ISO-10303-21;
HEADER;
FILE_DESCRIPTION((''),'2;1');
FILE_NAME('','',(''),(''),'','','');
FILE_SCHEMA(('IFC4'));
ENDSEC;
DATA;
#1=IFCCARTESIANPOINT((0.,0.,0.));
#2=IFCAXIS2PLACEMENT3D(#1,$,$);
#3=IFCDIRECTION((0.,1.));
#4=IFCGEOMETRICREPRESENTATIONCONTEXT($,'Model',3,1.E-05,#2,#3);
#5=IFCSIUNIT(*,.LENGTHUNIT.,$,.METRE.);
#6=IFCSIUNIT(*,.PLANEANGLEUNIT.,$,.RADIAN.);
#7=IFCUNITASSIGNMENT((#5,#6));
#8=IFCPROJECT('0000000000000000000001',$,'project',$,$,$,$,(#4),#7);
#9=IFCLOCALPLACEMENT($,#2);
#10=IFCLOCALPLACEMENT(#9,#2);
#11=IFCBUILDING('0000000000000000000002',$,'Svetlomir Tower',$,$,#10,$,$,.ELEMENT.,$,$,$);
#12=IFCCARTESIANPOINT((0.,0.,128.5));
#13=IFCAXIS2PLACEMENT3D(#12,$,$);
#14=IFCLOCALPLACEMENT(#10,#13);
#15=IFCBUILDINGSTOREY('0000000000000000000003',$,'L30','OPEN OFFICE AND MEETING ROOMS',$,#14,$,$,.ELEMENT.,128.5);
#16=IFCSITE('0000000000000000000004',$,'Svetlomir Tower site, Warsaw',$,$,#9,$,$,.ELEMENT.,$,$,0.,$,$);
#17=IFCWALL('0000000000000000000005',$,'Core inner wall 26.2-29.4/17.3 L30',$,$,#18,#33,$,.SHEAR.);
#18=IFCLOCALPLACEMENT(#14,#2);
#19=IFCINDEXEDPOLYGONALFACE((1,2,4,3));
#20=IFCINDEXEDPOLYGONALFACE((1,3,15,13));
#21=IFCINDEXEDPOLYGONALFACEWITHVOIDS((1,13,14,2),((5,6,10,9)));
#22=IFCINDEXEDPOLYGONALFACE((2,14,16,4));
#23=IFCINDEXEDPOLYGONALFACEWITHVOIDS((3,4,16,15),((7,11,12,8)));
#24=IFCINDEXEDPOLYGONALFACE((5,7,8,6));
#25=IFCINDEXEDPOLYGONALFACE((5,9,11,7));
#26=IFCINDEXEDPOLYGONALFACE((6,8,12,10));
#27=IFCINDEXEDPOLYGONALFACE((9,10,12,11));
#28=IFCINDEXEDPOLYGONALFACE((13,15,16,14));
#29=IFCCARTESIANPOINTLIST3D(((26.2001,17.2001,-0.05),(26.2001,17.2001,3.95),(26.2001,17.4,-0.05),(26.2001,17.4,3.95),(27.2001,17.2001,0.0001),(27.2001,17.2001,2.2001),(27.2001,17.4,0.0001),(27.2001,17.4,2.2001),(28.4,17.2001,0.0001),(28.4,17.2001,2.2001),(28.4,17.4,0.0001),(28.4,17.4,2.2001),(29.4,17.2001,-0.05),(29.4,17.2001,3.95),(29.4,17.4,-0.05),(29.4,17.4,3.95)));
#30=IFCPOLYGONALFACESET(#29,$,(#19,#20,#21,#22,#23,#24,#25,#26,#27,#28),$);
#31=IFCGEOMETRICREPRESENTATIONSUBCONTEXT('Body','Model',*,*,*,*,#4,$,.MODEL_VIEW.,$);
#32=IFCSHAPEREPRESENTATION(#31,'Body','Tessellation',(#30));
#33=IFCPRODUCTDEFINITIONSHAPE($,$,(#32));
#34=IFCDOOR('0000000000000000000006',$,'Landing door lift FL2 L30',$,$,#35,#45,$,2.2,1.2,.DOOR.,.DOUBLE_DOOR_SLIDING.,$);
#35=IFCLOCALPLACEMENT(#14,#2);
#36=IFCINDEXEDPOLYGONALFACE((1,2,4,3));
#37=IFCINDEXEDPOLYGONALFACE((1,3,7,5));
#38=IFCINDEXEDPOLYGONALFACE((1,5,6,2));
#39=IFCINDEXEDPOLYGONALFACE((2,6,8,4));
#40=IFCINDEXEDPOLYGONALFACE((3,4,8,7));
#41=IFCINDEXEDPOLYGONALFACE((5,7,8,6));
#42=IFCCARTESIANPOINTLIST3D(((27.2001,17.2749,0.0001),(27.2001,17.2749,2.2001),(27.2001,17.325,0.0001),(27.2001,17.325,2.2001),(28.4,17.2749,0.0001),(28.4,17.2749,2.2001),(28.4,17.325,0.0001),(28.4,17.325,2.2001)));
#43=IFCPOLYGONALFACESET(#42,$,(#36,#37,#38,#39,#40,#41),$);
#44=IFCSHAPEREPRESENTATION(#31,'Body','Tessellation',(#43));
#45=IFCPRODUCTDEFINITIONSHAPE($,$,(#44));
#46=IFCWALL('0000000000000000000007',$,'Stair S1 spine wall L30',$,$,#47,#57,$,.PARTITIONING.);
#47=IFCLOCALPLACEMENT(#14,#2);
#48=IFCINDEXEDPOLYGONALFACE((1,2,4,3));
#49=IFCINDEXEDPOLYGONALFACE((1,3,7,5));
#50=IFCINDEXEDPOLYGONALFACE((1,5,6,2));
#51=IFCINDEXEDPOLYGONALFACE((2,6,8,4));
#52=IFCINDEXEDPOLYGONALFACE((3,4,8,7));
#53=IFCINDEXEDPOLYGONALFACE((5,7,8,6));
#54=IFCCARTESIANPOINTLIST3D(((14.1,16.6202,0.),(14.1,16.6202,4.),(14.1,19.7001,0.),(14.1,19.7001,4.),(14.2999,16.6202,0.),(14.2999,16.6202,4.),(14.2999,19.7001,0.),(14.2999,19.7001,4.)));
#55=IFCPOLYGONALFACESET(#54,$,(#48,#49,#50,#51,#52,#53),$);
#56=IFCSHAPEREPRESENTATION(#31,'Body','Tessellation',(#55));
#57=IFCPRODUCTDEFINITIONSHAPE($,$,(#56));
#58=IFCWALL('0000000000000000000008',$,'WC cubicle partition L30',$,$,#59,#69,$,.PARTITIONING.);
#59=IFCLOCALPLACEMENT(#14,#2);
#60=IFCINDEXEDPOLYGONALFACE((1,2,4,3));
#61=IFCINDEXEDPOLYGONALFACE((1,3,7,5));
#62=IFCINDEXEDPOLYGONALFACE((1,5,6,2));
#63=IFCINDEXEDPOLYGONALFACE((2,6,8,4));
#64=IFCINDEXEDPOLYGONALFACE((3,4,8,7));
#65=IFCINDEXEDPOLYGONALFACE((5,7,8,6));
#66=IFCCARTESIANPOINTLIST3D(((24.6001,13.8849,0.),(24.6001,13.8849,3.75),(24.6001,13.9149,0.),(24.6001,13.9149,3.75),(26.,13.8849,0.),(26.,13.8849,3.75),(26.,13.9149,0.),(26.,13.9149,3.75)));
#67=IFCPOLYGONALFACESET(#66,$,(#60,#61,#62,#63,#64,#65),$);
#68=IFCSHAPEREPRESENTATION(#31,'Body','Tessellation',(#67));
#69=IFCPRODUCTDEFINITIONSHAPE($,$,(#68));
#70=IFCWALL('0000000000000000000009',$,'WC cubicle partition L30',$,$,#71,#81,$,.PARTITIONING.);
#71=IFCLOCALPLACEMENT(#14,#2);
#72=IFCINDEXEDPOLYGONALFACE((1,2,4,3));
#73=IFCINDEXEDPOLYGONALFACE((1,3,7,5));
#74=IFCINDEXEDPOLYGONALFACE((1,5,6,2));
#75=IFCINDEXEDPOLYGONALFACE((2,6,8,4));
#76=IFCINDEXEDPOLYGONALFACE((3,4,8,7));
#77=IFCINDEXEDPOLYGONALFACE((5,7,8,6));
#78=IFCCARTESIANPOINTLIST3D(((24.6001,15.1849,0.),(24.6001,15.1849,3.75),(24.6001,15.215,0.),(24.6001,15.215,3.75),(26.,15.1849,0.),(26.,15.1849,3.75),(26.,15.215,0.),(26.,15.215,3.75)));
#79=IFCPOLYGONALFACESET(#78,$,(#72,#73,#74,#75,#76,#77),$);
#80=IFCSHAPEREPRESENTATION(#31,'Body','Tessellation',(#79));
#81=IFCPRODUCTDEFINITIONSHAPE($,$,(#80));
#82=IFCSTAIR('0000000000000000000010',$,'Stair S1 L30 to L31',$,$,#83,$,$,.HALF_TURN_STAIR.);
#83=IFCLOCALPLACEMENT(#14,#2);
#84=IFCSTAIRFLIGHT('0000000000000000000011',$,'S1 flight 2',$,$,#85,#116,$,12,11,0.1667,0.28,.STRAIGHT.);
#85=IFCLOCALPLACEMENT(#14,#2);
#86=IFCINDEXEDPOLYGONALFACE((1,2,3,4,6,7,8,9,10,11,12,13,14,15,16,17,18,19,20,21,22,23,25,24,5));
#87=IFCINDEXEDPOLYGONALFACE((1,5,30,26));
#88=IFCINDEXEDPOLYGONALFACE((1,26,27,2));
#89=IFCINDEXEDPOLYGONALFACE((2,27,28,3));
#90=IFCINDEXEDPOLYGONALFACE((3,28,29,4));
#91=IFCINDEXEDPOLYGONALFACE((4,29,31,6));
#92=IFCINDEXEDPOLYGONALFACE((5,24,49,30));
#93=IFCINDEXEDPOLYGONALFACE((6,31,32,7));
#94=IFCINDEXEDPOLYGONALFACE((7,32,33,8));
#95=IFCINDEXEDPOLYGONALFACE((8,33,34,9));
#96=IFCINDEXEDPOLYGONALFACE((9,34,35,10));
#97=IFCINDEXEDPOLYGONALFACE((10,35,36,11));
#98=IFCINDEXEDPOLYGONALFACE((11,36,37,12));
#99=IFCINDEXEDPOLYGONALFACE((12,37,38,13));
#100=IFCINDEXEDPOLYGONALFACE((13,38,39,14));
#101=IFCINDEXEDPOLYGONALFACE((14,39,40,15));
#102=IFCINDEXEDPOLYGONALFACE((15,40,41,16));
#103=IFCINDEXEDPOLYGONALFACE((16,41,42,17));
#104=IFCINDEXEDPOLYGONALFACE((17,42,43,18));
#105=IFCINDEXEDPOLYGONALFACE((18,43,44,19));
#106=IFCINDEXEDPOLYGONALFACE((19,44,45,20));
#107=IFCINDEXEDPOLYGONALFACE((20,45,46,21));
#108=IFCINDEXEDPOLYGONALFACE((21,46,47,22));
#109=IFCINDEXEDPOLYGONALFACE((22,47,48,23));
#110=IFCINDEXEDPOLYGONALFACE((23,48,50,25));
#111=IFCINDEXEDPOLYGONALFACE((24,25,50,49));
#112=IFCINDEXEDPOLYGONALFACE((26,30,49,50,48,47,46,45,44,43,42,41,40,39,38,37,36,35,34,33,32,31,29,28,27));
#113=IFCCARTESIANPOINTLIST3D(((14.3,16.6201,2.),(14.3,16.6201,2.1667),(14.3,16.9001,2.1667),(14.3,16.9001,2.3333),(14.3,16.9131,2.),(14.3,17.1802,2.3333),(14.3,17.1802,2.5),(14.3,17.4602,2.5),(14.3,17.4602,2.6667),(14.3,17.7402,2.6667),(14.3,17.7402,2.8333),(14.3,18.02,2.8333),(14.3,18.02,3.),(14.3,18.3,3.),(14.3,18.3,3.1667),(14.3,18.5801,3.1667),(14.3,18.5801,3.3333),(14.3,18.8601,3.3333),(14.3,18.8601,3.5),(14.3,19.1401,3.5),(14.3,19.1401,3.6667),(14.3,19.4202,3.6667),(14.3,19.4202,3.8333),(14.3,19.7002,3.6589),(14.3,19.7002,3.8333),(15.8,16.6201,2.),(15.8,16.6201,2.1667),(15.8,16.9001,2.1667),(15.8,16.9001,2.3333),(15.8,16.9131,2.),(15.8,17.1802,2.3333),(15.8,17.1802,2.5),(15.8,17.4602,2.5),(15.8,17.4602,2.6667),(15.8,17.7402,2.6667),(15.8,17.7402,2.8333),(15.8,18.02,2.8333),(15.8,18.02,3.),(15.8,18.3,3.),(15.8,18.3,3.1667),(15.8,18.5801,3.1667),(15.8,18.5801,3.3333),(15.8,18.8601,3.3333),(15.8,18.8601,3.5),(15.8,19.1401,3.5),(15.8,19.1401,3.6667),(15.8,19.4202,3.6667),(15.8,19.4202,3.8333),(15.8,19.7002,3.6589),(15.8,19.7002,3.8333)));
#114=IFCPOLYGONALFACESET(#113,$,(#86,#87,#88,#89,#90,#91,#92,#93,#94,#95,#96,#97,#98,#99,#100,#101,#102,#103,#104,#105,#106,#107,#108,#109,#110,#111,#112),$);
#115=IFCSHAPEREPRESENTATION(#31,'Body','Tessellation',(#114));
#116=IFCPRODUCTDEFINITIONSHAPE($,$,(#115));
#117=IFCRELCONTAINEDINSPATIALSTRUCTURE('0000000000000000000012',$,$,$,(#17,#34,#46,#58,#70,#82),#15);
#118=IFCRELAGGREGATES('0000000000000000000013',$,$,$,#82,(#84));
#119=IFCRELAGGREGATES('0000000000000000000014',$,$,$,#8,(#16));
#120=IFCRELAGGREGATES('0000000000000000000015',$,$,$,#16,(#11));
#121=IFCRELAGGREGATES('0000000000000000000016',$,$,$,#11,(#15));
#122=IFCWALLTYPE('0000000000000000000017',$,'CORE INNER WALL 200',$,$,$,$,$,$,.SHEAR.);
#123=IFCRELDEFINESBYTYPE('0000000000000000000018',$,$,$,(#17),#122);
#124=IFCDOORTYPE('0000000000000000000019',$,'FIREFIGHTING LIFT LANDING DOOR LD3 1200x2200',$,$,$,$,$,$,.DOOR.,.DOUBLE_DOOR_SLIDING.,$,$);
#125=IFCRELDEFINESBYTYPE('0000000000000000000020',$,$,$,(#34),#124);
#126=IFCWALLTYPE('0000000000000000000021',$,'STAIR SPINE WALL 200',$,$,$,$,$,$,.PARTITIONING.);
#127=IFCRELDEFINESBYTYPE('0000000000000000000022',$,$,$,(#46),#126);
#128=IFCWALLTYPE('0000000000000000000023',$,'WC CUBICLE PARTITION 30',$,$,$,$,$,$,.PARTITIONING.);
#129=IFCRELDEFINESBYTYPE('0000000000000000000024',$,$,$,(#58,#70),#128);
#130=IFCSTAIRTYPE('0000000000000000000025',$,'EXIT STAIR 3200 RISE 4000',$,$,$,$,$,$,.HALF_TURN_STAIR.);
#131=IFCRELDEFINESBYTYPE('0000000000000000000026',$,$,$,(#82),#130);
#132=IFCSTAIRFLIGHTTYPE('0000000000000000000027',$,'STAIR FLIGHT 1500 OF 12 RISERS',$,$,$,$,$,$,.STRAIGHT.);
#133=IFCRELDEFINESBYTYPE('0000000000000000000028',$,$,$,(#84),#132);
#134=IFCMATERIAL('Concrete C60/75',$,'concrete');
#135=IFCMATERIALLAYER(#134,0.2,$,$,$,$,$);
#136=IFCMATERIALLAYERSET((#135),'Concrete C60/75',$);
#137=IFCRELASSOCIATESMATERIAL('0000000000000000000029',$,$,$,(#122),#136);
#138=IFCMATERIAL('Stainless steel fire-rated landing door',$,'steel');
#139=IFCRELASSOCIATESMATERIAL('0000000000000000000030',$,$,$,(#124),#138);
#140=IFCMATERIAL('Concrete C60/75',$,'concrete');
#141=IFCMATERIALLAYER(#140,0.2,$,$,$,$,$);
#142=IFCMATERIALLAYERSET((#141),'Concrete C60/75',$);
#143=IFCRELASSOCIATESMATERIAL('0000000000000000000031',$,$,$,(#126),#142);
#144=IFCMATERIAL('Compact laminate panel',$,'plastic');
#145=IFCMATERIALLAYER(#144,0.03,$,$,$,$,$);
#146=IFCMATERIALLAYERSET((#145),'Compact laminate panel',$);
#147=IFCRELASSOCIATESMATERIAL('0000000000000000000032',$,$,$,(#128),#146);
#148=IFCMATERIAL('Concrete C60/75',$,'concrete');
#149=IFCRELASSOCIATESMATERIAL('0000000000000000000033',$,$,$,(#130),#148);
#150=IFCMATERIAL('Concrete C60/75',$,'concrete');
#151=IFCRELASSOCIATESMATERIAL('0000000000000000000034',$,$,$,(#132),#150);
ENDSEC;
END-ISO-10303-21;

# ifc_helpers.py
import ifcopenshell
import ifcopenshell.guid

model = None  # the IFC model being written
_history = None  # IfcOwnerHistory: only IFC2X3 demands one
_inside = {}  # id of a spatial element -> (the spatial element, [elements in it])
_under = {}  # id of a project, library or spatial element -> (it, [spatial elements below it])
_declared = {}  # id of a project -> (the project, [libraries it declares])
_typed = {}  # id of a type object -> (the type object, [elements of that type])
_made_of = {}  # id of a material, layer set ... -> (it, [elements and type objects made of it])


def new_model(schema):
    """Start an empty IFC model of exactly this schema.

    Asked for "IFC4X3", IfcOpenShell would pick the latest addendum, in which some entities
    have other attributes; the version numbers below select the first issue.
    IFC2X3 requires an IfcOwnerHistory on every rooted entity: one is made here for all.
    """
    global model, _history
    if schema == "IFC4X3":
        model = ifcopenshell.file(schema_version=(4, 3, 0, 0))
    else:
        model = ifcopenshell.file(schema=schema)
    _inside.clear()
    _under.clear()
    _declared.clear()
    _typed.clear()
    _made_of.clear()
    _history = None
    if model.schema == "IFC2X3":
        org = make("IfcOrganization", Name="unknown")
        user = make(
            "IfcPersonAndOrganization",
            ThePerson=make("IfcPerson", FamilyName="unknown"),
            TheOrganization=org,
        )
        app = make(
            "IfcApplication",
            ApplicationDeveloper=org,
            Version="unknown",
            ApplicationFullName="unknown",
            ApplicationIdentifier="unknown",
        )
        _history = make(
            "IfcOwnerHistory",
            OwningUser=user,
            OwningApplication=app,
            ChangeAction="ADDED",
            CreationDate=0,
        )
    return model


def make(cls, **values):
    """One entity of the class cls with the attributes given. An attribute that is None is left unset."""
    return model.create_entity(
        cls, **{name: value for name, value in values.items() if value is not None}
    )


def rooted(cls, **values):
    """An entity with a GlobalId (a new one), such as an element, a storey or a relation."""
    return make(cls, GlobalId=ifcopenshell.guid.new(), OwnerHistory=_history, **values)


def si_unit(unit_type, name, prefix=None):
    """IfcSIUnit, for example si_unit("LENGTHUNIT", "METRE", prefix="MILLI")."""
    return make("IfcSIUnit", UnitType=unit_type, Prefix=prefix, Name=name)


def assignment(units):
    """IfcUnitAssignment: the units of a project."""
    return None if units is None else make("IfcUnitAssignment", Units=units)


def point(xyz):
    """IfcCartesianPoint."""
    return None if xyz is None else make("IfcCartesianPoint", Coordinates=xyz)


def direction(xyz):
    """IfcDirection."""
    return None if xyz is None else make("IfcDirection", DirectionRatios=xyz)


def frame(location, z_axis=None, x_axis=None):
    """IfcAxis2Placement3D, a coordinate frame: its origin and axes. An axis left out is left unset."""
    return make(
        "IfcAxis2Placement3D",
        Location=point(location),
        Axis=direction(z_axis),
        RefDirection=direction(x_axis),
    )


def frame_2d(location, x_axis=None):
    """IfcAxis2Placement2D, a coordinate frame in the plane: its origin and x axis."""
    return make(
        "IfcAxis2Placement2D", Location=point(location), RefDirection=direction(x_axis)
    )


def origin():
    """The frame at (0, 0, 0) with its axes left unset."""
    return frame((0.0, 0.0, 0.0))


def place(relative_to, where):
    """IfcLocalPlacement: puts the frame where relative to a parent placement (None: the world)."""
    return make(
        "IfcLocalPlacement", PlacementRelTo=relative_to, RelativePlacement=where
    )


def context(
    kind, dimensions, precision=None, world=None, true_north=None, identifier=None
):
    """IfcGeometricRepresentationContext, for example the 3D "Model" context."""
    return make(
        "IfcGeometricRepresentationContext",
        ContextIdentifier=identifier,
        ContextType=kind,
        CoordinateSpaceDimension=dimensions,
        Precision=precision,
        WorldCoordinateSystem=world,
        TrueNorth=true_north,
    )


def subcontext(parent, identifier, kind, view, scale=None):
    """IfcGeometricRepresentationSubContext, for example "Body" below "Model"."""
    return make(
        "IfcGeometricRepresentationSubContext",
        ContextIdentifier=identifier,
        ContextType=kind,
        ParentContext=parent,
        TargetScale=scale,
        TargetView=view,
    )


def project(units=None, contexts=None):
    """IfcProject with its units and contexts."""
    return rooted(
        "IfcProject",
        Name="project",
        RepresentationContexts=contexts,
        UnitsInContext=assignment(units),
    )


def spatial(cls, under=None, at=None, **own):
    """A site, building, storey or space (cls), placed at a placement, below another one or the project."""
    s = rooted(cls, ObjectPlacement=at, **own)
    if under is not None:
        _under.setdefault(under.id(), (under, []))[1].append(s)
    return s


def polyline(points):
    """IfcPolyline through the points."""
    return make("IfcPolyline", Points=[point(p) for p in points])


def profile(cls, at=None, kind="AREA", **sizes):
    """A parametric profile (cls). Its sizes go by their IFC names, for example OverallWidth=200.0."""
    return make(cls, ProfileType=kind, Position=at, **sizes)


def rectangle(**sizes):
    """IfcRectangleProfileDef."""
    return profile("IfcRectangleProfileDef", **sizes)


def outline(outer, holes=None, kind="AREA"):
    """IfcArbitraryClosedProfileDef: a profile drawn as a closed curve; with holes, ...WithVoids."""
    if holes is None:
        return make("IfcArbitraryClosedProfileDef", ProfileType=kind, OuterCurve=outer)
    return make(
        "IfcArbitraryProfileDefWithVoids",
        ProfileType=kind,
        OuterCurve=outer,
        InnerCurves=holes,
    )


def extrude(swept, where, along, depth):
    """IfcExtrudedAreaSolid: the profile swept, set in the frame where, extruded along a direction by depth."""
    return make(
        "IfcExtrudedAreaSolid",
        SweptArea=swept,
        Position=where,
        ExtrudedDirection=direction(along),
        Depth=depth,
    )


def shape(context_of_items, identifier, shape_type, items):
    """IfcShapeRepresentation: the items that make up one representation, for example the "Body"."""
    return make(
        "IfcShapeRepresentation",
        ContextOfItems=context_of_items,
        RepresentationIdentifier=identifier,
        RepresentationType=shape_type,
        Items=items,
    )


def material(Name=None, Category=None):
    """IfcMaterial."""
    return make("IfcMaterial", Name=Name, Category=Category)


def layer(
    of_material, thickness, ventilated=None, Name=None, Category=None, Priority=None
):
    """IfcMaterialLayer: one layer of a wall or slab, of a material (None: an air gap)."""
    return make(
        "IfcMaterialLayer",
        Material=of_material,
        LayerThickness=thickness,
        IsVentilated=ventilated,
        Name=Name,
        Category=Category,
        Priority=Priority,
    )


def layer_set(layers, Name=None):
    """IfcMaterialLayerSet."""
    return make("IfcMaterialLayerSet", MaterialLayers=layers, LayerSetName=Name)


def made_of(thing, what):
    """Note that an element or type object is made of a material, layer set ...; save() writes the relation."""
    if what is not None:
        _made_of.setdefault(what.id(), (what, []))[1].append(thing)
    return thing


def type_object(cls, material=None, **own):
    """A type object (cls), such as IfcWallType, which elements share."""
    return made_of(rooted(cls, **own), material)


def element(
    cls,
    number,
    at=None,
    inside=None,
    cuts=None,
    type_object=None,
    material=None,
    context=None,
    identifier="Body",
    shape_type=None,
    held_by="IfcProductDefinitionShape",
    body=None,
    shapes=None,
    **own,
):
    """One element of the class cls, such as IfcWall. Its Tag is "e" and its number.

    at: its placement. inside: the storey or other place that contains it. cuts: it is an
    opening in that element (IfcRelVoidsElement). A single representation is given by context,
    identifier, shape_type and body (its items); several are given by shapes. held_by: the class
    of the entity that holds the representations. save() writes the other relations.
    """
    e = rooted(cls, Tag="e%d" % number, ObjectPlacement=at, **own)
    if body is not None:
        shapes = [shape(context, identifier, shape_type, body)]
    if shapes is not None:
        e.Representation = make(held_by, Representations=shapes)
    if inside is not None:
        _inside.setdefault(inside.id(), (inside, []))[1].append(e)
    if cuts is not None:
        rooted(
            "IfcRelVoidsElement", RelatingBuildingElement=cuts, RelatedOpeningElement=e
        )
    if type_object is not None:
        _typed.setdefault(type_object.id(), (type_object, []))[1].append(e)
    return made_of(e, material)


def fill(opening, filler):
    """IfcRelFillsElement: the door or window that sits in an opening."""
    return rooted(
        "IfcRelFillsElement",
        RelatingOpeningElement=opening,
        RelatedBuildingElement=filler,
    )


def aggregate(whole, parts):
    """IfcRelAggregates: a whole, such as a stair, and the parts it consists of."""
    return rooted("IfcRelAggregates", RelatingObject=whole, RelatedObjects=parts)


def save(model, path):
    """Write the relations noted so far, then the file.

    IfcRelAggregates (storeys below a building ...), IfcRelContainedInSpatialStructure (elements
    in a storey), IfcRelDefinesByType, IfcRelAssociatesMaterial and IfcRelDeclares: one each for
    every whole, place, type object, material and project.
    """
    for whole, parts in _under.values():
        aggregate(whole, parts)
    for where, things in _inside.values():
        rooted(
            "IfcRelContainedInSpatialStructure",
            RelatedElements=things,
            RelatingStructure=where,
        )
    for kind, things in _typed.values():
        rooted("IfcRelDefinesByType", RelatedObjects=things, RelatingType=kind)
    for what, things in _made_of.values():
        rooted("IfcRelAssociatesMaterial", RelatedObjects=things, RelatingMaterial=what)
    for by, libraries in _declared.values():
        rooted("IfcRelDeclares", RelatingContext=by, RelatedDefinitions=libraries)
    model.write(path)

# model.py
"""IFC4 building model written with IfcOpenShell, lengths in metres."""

from ifc_helpers import new_model, si_unit, direction, frame, frame_2d, origin, place, context, subcontext, project, spatial, polyline, rectangle, outline, extrude, material, layer, layer_set, type_object, element, fill, aggregate, save


model = new_model("IFC4")

# Units and contexts
model_context = context("Model", 3, precision=1e-05, world=origin(), true_north=direction((0.0, 1.0)))
body_context = subcontext(model_context, "Body", "Model", "MODEL_VIEW")
ifc_project = project(units=[si_unit("LENGTHUNIT", "METRE"), si_unit("PLANEANGLEUNIT", "RADIAN")], contexts=[model_context])

# Site, building, storey
site_placement = place(None, origin())
site = spatial("IfcSite", under=ifc_project, at=site_placement, Name="Svetlomir Tower site, Warsaw", CompositionType="ELEMENT", RefElevation=0.0)
building_placement = place(site_placement, origin())
building = spatial("IfcBuilding", under=site, at=building_placement, Name="Svetlomir Tower", CompositionType="ELEMENT")
storey_placement = place(building_placement, frame((0.0, 0.0, 128.5)))
storey = spatial("IfcBuildingStorey", under=building, at=storey_placement, Name="L30", Description="OPEN OFFICE AND MEETING ROOMS", CompositionType="ELEMENT", Elevation=128.5)

# Shared definitions
ifc_material_1 = material(Name="Concrete C60/75", Category="concrete")
ifc_layer_1 = layer(ifc_material_1, 0.2)
ifc_layer_set_1 = layer_set([ifc_layer_1], Name="Concrete C60/75")
wall_type_1 = type_object("IfcWallType", Name="CORE INNER WALL 200", PredefinedType="SHEAR", material=ifc_layer_set_1)

# Wall, opening, door
wall_1_placement = place(storey_placement, frame((26.2, 17.3, -0.05), z_axis=(0.0, 0.0, 1.0), x_axis=(1.0, 0.0, 0.0)))
wall_1 = element("IfcWall", 1, at=wall_1_placement, inside=storey, type_object=wall_type_1, Name="Core inner wall 26.2-29.4/17.3 L30", PredefinedType="SHEAR", context=body_context, shape_type="SweptSolid", body=[
    extrude(rectangle(XDim=3.2, YDim=0.2, at=frame_2d((1.6001, 0.0))), origin(), (0.0, 0.0, 1.0), 4.0),
])
opening_1_placement = place(wall_1_placement, frame((1.0, 0.0, 0.05)))
opening_1 = element("IfcOpeningElement", 2, at=opening_1_placement, cuts=wall_1, PredefinedType="OPENING", context=body_context, shape_type="SweptSolid", body=[
    extrude(rectangle(XDim=1.2, YDim=2.2, at=frame_2d((0.6001, 1.1001))), frame((0.0, 0.1099, 0.0), z_axis=(0.0, -1.0, 0.0), x_axis=(1.0, 0.0, 0.0)), (0.0, 0.0, 1.0), 0.22),
])
ifc_material_2 = material(Name="Stainless steel fire-rated landing door", Category="steel")
door_type_1 = type_object("IfcDoorType", Name="FIREFIGHTING LIFT LANDING DOOR LD3 1200x2200", OperationType="DOUBLE_DOOR_SLIDING", PredefinedType="DOOR", material=ifc_material_2)
door_1_placement = place(opening_1_placement, origin())
door_1 = element("IfcDoor", 3, at=door_1_placement, inside=storey, type_object=door_type_1, Name="Landing door lift FL2 L30", OperationType="DOUBLE_DOOR_SLIDING", OverallHeight=2.2, OverallWidth=1.2, PredefinedType="DOOR", context=body_context, shape_type="SweptSolid", body=[
    extrude(rectangle(XDim=1.2, YDim=2.2, at=frame_2d((0.6001, 1.1001))), frame((0.0, 0.0249, 0.0), z_axis=(0.0, -1.0, 0.0), x_axis=(1.0, 0.0, 0.0)), (0.0, 0.0, 1.0), 0.05),
])
fill(opening_1, door_1)

# Walls
ifc_material_3 = material(Name="Concrete C60/75", Category="concrete")
ifc_layer_2 = layer(ifc_material_3, 0.2)
ifc_layer_set_2 = layer_set([ifc_layer_2], Name="Concrete C60/75")
wall_type_2 = type_object("IfcWallType", Name="STAIR SPINE WALL 200", PredefinedType="PARTITIONING", material=ifc_layer_set_2)
wall_2_placement = place(storey_placement, frame((14.2, 16.6201, 0.0), z_axis=(0.0, 0.0, 1.0), x_axis=(0.0, 1.0, 0.0)))
element("IfcWall", 4, at=wall_2_placement, inside=storey, type_object=wall_type_2, Name="Stair S1 spine wall L30", PredefinedType="PARTITIONING", context=body_context, shape_type="SweptSolid", body=[
    extrude(rectangle(XDim=3.0798, YDim=0.2, at=frame_2d((1.54, 0.0))), origin(), (0.0, 0.0, 1.0), 4.0),
])
ifc_material_4 = material(Name="Compact laminate panel", Category="plastic")
ifc_layer_3 = layer(ifc_material_4, 0.03)
ifc_layer_set_3 = layer_set([ifc_layer_3], Name="Compact laminate panel")
wall_type_3 = type_object("IfcWallType", Name="WC CUBICLE PARTITION 30", PredefinedType="PARTITIONING", material=ifc_layer_set_3)
for number, where, z_axis, x_axis, name in (
    (5, (24.6001, 13.8999, 0.0), (0.0, 0.0, 1.0), (1.0, 0.0, 0.0), "WC cubicle partition L30"),
    (6, (24.6001, 15.2, 0.0), (0.0, 0.0, 1.0), (1.0, 0.0, 0.0), "WC cubicle partition L30"),
):
    element("IfcWall", number, at=place(storey_placement, frame(where, z_axis=z_axis, x_axis=x_axis)), inside=storey, type_object=wall_type_3, Name=name, PredefinedType="PARTITIONING", context=body_context, shape_type="SweptSolid", body=[
        extrude(rectangle(XDim=1.3999, YDim=0.03, at=frame_2d((0.7, 0.0))), origin(), (0.0, 0.0, 1.0), 3.75),
    ])

# Stair, stair flight
ifc_material_5 = material(Name="Concrete C60/75", Category="concrete")
stair_type = type_object("IfcStairType", Name="EXIT STAIR 3200 RISE 4000", PredefinedType="HALF_TURN_STAIR", material=ifc_material_5)
stair_placement = place(storey_placement, origin())
stair = element("IfcStair", 7, at=stair_placement, inside=storey, type_object=stair_type, Name="Stair S1 L30 to L31", PredefinedType="HALF_TURN_STAIR")
ifc_material_6 = material(Name="Concrete C60/75", Category="concrete")
stair_flight_type = type_object("IfcStairFlightType", Name="STAIR FLIGHT 1500 OF 12 RISERS", PredefinedType="STRAIGHT", material=ifc_material_6)
stair_flight_placement = place(storey_placement, frame((15.05, 16.6201, 2.0), z_axis=(0.0, 0.0, 1.0), x_axis=(0.0, 1.0, 0.0)))
stair_flight = element("IfcStairFlight", 8, at=stair_flight_placement, type_object=stair_flight_type, Name="S1 flight 2", NumberOfRisers=12, NumberOfTreads=11, PredefinedType="STRAIGHT", RiserHeight=0.1667, TreadLength=0.28, context=body_context, shape_type="SweptSolid", body=[
    extrude(outline(polyline([(0.0, 0.0), (0.0, 0.1667), (0.28, 0.1667), (0.28, 0.3333), (0.5601, 0.3333), (0.5601, 0.5), (0.8401, 0.5), (0.8401, 0.6667), (1.1201, 0.6667), (1.1201, 0.8333), (1.3999, 0.8333), (1.3999, 1.0), (1.6799, 1.0), (1.6799, 1.1667), (1.96, 1.1667), (1.96, 1.3333), (2.24, 1.3333), (2.24, 1.5), (2.52, 1.5), (2.52, 1.6667), (2.8, 1.6667), (2.8, 1.8333), (3.0801, 1.8333), (3.0801, 2.0), (3.0801, 1.6589), (0.293, 0.0), (0.0, 0.0)])), frame((0.0, 0.75, 0.0), z_axis=(0.0, -1.0, 0.0), x_axis=(1.0, 0.0, 0.0)), (0.0, 0.0, 1.0), 1.5),
])
aggregate(stair, [stair_flight])

save(model, "model.ifc")
